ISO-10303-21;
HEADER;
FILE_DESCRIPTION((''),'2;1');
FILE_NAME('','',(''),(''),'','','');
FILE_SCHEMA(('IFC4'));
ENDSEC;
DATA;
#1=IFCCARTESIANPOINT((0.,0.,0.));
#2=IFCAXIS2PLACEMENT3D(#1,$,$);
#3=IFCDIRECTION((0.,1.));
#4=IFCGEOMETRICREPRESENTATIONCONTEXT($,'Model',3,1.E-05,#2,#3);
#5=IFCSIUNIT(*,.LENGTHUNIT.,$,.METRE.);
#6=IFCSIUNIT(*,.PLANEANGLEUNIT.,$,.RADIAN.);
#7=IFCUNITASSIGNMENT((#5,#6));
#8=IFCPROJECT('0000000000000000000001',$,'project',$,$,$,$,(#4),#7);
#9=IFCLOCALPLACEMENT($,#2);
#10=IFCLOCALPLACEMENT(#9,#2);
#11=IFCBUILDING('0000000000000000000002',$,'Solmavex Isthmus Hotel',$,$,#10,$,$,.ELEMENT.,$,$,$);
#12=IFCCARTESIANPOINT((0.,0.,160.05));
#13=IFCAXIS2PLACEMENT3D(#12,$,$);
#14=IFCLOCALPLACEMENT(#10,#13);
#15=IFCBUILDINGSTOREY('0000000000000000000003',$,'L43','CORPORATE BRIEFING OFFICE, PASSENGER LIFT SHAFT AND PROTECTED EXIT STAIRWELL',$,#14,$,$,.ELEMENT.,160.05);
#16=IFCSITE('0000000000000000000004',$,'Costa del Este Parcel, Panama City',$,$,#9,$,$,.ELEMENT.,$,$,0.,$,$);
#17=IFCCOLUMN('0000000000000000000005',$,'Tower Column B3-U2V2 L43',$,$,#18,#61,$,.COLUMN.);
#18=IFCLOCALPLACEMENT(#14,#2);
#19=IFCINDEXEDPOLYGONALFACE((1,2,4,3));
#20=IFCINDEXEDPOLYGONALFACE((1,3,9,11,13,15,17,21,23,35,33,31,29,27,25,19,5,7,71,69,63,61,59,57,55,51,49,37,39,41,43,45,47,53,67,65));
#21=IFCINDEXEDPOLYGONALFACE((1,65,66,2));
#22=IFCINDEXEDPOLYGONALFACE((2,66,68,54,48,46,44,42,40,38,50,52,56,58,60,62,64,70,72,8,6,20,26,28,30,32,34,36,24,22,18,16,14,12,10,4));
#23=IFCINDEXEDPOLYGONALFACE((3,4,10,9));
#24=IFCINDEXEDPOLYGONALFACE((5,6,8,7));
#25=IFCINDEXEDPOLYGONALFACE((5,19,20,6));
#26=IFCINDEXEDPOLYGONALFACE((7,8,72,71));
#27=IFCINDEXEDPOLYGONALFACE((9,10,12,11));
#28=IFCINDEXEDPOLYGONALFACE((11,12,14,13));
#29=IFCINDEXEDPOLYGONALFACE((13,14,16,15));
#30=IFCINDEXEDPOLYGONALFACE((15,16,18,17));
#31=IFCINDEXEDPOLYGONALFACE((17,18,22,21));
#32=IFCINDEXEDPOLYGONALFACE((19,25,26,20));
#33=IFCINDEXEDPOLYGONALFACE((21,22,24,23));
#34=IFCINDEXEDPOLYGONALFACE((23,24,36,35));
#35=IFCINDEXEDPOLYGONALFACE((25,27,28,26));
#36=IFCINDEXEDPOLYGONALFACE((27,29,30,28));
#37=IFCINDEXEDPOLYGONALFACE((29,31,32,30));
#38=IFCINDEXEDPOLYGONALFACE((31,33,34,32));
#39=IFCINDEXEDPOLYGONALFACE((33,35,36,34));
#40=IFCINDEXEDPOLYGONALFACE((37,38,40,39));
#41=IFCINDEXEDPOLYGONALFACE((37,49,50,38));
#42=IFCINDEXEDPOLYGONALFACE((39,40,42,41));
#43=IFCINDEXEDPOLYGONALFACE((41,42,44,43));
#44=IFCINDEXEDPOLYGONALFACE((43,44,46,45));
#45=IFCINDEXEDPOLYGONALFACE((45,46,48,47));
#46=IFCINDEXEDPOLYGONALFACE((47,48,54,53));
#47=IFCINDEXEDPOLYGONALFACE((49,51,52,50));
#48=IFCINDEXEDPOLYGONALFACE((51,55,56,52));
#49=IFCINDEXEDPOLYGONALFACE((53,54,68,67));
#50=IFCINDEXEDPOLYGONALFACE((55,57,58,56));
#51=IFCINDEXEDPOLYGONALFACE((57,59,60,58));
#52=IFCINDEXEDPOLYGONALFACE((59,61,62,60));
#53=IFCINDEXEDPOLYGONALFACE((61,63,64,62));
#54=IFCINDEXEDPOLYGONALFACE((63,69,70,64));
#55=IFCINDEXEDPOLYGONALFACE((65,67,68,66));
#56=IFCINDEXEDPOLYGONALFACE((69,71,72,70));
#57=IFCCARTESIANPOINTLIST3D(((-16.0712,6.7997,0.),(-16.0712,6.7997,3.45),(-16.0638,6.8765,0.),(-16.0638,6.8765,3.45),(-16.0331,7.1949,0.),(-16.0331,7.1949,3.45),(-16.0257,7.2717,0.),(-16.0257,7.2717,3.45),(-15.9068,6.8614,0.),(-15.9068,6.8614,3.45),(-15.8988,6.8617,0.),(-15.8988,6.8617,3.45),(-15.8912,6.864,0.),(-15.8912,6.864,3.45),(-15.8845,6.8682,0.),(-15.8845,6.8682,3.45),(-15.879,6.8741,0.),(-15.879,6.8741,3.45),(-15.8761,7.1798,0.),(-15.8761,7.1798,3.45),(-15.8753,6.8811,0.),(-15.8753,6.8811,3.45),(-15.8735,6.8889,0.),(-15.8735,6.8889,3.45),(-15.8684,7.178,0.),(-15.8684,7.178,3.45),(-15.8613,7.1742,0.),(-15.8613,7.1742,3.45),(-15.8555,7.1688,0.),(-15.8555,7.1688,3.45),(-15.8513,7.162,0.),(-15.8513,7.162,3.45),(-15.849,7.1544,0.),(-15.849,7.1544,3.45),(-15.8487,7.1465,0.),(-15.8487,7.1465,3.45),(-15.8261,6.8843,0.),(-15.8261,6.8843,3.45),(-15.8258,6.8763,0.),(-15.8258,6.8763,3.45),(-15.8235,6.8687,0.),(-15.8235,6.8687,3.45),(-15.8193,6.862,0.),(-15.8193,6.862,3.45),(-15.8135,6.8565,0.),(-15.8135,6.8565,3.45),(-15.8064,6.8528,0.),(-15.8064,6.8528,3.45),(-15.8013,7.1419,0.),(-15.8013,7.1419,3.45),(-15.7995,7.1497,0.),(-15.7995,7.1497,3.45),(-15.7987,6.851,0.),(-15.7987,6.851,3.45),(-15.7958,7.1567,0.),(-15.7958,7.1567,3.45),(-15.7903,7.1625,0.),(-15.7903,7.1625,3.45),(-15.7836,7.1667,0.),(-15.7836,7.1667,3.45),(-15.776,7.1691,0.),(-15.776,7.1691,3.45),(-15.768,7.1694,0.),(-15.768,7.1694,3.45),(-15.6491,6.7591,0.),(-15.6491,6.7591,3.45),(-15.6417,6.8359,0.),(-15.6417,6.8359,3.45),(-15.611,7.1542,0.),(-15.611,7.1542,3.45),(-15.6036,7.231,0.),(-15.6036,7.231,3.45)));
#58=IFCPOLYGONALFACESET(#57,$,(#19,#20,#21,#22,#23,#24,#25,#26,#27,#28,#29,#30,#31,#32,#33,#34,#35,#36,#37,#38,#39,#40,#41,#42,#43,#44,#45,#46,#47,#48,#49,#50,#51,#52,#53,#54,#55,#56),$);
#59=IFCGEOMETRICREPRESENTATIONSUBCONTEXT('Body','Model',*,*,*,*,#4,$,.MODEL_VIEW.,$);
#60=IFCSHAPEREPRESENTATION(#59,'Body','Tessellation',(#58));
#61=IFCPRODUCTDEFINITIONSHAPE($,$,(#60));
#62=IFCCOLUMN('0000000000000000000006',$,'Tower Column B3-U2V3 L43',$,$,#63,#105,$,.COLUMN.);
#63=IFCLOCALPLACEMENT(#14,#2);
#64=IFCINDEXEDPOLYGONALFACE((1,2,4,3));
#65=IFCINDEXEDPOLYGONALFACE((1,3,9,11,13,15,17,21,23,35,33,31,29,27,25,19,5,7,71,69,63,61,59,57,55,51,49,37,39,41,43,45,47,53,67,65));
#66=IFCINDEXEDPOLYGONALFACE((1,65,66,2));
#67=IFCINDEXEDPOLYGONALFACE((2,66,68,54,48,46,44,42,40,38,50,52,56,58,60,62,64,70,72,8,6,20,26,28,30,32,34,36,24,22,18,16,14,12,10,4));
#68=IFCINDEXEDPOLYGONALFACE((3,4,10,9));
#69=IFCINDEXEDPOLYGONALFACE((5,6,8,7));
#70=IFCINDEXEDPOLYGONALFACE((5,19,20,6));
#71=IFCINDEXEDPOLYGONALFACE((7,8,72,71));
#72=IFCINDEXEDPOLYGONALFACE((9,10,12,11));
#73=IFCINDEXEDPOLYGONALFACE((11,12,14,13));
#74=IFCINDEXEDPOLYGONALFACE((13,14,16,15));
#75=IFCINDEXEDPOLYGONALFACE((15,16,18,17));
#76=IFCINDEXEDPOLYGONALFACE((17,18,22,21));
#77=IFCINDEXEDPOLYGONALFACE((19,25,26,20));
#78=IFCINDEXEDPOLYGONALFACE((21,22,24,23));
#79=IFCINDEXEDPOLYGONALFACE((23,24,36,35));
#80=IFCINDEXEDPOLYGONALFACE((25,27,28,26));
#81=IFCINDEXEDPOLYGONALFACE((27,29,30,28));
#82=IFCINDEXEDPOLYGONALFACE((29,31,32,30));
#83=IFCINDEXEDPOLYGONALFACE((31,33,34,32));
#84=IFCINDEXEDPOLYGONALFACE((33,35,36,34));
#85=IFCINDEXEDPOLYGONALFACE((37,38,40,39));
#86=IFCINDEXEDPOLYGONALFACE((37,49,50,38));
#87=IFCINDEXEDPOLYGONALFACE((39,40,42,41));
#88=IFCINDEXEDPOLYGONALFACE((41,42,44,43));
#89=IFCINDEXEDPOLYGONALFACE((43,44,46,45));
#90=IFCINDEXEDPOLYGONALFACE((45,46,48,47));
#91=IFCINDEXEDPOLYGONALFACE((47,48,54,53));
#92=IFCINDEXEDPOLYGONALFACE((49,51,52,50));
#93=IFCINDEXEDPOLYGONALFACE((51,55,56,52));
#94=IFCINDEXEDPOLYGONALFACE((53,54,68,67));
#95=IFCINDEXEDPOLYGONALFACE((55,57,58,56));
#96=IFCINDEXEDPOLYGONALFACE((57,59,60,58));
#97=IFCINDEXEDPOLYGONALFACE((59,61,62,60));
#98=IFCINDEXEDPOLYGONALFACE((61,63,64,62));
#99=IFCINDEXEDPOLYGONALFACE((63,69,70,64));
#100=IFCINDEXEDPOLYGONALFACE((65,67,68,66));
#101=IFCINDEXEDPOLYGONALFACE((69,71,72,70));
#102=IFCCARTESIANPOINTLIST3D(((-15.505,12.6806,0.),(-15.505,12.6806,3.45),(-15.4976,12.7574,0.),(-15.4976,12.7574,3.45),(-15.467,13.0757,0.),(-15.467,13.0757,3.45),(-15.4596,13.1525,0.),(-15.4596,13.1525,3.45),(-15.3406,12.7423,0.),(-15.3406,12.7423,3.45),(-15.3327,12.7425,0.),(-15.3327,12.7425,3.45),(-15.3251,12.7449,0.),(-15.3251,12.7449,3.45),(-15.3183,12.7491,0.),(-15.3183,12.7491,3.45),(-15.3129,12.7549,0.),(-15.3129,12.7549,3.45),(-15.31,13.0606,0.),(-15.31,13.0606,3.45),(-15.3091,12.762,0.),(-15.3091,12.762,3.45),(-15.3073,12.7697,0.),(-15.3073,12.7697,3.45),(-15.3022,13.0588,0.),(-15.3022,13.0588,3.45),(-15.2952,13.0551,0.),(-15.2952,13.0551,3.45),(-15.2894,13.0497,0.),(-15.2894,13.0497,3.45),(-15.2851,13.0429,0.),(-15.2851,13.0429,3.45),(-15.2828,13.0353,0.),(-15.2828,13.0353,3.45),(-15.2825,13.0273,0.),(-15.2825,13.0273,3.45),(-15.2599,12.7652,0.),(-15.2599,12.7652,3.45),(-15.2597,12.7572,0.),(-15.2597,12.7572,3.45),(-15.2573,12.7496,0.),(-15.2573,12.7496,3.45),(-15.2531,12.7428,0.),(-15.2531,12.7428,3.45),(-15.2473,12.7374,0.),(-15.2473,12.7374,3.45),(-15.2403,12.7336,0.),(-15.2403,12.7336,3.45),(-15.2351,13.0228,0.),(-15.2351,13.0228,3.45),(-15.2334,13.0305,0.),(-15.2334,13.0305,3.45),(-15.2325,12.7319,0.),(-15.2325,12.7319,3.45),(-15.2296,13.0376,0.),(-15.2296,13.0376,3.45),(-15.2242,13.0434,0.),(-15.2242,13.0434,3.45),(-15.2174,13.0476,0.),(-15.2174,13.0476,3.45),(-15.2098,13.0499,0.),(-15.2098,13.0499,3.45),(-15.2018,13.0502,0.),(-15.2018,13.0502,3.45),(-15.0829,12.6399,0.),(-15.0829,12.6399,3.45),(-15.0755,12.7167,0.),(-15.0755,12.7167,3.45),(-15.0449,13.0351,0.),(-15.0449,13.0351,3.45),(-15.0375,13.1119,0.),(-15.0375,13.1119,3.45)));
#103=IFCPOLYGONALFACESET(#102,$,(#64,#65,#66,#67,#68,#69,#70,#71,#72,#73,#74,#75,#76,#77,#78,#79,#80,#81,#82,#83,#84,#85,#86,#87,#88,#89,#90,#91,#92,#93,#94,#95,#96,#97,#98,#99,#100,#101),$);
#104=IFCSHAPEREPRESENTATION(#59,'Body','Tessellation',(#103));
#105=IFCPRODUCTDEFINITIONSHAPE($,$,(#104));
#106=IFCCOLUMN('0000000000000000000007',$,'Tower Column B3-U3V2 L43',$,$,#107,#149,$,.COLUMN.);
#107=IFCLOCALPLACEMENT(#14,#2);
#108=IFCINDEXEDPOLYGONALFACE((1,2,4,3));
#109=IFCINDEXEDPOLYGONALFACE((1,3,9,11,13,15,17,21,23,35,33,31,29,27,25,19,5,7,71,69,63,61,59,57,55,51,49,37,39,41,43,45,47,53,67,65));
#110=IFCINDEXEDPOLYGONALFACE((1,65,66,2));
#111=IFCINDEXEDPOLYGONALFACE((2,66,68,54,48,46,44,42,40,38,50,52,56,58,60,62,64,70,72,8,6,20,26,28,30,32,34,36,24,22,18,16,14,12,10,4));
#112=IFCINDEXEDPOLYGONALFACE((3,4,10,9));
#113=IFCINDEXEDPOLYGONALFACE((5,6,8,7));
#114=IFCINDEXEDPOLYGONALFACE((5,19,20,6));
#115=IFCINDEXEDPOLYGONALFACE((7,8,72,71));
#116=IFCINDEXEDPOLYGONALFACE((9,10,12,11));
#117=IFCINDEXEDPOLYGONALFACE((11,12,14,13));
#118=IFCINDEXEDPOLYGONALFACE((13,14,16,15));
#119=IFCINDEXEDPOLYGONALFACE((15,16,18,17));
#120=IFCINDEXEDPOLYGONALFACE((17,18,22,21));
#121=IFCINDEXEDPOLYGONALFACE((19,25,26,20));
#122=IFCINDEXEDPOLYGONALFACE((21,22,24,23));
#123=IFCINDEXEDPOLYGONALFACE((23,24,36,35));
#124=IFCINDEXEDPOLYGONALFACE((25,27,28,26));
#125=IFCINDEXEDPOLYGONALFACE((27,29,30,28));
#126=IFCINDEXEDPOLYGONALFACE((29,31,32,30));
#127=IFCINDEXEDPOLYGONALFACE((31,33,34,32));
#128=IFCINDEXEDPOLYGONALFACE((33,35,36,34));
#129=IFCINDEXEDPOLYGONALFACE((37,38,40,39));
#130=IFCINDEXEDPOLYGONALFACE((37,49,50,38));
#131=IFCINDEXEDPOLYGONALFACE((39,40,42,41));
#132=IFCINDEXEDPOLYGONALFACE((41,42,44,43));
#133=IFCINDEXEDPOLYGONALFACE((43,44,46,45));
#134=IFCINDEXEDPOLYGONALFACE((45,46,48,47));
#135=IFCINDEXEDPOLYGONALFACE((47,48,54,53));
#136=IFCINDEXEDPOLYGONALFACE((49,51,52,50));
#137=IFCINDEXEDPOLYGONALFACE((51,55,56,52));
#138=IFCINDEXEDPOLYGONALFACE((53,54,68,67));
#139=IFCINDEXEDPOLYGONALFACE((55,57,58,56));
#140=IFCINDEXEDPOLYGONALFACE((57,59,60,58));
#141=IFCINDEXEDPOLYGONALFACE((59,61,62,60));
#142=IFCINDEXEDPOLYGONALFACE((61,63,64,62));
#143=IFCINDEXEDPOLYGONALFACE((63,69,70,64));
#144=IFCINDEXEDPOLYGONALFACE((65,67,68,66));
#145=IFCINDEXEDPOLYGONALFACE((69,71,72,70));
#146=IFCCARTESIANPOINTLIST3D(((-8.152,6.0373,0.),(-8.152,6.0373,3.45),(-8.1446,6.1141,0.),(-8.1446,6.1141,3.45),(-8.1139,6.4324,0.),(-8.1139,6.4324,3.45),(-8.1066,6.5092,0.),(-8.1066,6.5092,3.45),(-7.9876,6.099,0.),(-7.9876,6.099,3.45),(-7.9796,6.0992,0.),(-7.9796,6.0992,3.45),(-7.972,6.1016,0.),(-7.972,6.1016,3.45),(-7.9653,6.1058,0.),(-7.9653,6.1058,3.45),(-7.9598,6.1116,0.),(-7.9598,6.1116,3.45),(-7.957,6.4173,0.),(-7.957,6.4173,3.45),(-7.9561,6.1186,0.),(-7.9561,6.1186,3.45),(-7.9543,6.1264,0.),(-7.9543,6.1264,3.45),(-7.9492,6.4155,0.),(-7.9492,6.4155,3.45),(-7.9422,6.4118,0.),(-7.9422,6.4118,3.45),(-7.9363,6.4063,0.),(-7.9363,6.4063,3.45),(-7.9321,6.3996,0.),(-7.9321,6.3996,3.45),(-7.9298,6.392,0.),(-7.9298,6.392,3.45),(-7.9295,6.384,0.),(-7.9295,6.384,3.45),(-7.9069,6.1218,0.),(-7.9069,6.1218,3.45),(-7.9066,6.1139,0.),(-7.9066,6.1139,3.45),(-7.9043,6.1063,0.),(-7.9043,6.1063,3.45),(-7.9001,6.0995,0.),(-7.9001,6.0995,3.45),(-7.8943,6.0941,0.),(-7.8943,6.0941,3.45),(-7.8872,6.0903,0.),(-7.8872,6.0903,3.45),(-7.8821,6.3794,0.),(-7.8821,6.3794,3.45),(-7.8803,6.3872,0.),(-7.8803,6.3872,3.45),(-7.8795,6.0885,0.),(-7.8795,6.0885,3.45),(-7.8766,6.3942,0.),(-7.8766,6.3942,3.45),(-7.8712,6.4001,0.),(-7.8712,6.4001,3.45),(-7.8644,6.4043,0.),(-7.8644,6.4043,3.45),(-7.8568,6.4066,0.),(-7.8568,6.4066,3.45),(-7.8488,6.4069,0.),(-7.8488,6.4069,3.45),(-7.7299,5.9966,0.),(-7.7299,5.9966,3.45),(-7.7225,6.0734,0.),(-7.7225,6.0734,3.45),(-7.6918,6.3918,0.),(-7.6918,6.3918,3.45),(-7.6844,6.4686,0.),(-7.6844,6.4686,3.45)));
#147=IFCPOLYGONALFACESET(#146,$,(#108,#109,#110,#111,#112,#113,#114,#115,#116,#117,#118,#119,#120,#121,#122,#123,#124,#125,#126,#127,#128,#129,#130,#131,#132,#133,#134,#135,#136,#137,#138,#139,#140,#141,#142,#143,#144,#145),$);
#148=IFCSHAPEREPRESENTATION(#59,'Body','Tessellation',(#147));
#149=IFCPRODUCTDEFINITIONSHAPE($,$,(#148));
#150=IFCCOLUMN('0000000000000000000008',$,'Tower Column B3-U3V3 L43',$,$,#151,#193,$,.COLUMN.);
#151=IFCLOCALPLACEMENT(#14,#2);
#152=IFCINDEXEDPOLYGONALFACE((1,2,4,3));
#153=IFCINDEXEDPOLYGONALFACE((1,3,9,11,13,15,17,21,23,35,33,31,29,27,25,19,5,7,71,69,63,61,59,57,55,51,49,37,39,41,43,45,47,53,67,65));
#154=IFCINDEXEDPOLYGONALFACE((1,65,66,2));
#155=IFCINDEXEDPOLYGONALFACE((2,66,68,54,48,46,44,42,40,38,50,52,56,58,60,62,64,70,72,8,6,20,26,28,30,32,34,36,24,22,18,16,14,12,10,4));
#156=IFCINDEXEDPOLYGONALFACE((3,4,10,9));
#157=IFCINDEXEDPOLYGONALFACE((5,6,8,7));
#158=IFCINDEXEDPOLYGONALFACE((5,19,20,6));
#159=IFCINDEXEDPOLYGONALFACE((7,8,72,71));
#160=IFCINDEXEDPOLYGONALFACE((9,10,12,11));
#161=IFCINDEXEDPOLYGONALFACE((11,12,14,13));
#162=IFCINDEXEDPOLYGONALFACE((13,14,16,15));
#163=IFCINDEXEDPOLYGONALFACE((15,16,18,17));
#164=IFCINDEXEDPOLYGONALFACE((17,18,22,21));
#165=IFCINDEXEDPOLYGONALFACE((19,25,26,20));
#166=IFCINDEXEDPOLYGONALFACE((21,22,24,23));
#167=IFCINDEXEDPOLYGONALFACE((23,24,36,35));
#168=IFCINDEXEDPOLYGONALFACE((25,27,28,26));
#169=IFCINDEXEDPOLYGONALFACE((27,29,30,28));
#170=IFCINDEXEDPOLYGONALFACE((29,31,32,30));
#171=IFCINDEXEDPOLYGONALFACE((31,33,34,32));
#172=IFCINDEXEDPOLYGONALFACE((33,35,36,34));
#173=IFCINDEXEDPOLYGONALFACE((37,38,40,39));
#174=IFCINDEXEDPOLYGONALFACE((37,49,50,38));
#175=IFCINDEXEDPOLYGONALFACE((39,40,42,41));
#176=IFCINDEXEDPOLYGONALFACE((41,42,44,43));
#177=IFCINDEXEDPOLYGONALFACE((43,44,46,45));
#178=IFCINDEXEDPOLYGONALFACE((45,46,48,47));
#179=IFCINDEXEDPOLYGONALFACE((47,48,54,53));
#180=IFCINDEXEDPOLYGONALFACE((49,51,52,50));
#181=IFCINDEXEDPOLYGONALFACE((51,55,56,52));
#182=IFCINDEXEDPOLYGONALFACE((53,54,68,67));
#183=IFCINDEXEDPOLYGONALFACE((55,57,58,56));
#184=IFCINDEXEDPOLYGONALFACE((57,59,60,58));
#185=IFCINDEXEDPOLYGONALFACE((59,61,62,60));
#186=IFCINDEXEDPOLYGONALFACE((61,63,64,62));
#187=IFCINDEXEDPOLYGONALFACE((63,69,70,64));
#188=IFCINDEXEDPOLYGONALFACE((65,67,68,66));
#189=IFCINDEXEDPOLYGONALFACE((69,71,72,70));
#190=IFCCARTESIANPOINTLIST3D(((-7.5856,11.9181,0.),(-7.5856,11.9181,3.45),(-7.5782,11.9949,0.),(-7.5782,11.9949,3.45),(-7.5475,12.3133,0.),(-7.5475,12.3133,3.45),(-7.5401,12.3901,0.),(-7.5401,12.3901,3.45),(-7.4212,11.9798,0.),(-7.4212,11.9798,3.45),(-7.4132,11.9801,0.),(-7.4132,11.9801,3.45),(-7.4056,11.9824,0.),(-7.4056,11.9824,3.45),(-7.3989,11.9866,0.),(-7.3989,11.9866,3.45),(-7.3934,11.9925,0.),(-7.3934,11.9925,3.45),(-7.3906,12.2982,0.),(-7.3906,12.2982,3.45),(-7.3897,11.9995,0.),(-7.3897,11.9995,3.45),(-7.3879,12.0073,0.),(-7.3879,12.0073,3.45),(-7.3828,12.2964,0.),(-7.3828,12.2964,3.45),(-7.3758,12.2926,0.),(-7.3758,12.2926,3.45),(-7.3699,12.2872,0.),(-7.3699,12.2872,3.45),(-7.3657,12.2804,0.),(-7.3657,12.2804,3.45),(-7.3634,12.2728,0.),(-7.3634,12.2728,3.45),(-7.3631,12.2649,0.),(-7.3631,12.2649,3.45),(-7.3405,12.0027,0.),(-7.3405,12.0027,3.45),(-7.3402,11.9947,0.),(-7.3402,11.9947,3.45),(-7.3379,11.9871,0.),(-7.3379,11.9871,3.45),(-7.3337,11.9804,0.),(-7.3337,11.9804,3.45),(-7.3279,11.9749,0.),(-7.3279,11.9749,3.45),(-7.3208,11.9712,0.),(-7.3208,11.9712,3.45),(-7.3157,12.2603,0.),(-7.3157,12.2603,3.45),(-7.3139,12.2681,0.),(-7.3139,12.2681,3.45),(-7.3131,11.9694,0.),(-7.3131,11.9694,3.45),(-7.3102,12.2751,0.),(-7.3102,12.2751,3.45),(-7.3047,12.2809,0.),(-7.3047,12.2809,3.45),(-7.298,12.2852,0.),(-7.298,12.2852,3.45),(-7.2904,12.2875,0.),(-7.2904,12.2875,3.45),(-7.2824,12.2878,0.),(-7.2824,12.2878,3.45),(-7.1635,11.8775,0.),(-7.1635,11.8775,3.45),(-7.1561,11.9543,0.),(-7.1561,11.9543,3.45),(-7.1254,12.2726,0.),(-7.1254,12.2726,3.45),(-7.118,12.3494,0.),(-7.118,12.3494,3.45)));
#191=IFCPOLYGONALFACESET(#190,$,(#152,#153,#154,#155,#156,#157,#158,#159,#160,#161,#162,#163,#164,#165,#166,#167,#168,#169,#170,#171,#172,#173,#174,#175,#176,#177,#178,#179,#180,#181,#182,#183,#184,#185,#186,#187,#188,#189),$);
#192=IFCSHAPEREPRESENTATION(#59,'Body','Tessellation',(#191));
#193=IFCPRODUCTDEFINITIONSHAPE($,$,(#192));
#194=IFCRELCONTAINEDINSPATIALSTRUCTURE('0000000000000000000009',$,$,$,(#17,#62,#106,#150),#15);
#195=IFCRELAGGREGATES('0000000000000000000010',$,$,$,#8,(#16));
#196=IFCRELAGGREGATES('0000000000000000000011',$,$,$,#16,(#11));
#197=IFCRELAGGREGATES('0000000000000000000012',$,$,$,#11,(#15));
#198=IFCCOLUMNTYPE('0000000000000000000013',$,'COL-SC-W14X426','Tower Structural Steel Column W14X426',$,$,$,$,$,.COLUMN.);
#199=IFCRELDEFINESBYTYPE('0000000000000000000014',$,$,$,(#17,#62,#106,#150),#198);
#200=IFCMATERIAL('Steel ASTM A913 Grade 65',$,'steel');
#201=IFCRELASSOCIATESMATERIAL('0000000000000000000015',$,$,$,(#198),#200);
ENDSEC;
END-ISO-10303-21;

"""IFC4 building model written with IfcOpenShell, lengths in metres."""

from ifc_helpers import new_model, si_unit, direction, frame, origin, origin_2d, place, context, subcontext, project, spatial, i_section, extrude, material, material_profile, profile_set, type_object, element, save


model = new_model("IFC4")

# Units and contexts
model_context = context("Model", 3, precision=1e-05, world=origin(), true_north=direction((0.0, 1.0)))
body_context = subcontext(model_context, "Body", "Model", "MODEL_VIEW")
ifc_project = project(units=[si_unit("LENGTHUNIT", "METRE"), si_unit("PLANEANGLEUNIT", "RADIAN")], contexts=[model_context])

# Site, building, storey
site_placement = place(None, origin())
site = spatial("IfcSite", under=ifc_project, at=site_placement, Name="Costa del Este Parcel, Panama City", CompositionType="ELEMENT", RefElevation=0.0)
building_placement = place(site_placement, origin())
building = spatial("IfcBuilding", under=site, at=building_placement, Name="Solmavex Isthmus Hotel", CompositionType="ELEMENT")
storey_placement = place(building_placement, frame((0.0, 0.0, 160.05)))
storey = spatial("IfcBuildingStorey", under=building, at=storey_placement, Name="L43", Description="CORPORATE BRIEFING OFFICE, PASSENGER LIFT SHAFT AND PROTECTED EXIT STAIRWELL", CompositionType="ELEMENT", Elevation=160.05)

# Columns
ifc_material_1 = material(Name="Steel ASTM A913 Grade 65", Category="steel")
ifc_material_profile_1 = material_profile(ifc_material_1, i_section(OverallWidth=0.4241, OverallDepth=0.4741, WebThickness=0.0476, FlangeThickness=0.0771, FilletRadius=0.0305, at=origin_2d()), Name="W14X426")
ifc_profile_set_1 = profile_set([ifc_material_profile_1], Name="Steel ASTM A913 Grade 65")
column_type_1 = type_object("IfcColumnType", Name="COL-SC-W14X426", Description="Tower Structural Steel Column W14X426", PredefinedType="COLUMN", material=ifc_profile_set_1)
for number, where, z_axis, x_axis, name in (
    (1, (-15.8374, 7.0154, 0.0), (0.0, 0.0, 1.0), (0.995396, -0.095846, 0.0), "Tower Column B3-U2V2 L43"),
    (2, (-15.2712, 12.8962, 0.0), (0.0, 0.0, 1.0), (0.995396, -0.095846, 0.0), "Tower Column B3-U2V3 L43"),
    (3, (-7.9182, 6.2529, 0.0), (0.0, 0.0, 1.0), (0.995396, -0.095846, 0.0), "Tower Column B3-U3V2 L43"),
    (4, (-7.3518, 12.1338, 0.0), (0.0, 0.0, 1.0), (0.995396, -0.095846, 0.0), "Tower Column B3-U3V3 L43"),
):
    element("IfcColumn", number, at=place(storey_placement, frame(where, z_axis=z_axis, x_axis=x_axis)), inside=storey, type_object=column_type_1, Name=name, PredefinedType="COLUMN", context=body_context, shape_type="SweptSolid", body=[
        extrude(i_section(OverallWidth=0.4241, OverallDepth=0.4741, WebThickness=0.0476, FlangeThickness=0.0771, FilletRadius=0.0305, at=origin_2d()), origin(), (0.0, 0.0, 1.0), 3.45),
    ])

save(model, "model.ifc")
